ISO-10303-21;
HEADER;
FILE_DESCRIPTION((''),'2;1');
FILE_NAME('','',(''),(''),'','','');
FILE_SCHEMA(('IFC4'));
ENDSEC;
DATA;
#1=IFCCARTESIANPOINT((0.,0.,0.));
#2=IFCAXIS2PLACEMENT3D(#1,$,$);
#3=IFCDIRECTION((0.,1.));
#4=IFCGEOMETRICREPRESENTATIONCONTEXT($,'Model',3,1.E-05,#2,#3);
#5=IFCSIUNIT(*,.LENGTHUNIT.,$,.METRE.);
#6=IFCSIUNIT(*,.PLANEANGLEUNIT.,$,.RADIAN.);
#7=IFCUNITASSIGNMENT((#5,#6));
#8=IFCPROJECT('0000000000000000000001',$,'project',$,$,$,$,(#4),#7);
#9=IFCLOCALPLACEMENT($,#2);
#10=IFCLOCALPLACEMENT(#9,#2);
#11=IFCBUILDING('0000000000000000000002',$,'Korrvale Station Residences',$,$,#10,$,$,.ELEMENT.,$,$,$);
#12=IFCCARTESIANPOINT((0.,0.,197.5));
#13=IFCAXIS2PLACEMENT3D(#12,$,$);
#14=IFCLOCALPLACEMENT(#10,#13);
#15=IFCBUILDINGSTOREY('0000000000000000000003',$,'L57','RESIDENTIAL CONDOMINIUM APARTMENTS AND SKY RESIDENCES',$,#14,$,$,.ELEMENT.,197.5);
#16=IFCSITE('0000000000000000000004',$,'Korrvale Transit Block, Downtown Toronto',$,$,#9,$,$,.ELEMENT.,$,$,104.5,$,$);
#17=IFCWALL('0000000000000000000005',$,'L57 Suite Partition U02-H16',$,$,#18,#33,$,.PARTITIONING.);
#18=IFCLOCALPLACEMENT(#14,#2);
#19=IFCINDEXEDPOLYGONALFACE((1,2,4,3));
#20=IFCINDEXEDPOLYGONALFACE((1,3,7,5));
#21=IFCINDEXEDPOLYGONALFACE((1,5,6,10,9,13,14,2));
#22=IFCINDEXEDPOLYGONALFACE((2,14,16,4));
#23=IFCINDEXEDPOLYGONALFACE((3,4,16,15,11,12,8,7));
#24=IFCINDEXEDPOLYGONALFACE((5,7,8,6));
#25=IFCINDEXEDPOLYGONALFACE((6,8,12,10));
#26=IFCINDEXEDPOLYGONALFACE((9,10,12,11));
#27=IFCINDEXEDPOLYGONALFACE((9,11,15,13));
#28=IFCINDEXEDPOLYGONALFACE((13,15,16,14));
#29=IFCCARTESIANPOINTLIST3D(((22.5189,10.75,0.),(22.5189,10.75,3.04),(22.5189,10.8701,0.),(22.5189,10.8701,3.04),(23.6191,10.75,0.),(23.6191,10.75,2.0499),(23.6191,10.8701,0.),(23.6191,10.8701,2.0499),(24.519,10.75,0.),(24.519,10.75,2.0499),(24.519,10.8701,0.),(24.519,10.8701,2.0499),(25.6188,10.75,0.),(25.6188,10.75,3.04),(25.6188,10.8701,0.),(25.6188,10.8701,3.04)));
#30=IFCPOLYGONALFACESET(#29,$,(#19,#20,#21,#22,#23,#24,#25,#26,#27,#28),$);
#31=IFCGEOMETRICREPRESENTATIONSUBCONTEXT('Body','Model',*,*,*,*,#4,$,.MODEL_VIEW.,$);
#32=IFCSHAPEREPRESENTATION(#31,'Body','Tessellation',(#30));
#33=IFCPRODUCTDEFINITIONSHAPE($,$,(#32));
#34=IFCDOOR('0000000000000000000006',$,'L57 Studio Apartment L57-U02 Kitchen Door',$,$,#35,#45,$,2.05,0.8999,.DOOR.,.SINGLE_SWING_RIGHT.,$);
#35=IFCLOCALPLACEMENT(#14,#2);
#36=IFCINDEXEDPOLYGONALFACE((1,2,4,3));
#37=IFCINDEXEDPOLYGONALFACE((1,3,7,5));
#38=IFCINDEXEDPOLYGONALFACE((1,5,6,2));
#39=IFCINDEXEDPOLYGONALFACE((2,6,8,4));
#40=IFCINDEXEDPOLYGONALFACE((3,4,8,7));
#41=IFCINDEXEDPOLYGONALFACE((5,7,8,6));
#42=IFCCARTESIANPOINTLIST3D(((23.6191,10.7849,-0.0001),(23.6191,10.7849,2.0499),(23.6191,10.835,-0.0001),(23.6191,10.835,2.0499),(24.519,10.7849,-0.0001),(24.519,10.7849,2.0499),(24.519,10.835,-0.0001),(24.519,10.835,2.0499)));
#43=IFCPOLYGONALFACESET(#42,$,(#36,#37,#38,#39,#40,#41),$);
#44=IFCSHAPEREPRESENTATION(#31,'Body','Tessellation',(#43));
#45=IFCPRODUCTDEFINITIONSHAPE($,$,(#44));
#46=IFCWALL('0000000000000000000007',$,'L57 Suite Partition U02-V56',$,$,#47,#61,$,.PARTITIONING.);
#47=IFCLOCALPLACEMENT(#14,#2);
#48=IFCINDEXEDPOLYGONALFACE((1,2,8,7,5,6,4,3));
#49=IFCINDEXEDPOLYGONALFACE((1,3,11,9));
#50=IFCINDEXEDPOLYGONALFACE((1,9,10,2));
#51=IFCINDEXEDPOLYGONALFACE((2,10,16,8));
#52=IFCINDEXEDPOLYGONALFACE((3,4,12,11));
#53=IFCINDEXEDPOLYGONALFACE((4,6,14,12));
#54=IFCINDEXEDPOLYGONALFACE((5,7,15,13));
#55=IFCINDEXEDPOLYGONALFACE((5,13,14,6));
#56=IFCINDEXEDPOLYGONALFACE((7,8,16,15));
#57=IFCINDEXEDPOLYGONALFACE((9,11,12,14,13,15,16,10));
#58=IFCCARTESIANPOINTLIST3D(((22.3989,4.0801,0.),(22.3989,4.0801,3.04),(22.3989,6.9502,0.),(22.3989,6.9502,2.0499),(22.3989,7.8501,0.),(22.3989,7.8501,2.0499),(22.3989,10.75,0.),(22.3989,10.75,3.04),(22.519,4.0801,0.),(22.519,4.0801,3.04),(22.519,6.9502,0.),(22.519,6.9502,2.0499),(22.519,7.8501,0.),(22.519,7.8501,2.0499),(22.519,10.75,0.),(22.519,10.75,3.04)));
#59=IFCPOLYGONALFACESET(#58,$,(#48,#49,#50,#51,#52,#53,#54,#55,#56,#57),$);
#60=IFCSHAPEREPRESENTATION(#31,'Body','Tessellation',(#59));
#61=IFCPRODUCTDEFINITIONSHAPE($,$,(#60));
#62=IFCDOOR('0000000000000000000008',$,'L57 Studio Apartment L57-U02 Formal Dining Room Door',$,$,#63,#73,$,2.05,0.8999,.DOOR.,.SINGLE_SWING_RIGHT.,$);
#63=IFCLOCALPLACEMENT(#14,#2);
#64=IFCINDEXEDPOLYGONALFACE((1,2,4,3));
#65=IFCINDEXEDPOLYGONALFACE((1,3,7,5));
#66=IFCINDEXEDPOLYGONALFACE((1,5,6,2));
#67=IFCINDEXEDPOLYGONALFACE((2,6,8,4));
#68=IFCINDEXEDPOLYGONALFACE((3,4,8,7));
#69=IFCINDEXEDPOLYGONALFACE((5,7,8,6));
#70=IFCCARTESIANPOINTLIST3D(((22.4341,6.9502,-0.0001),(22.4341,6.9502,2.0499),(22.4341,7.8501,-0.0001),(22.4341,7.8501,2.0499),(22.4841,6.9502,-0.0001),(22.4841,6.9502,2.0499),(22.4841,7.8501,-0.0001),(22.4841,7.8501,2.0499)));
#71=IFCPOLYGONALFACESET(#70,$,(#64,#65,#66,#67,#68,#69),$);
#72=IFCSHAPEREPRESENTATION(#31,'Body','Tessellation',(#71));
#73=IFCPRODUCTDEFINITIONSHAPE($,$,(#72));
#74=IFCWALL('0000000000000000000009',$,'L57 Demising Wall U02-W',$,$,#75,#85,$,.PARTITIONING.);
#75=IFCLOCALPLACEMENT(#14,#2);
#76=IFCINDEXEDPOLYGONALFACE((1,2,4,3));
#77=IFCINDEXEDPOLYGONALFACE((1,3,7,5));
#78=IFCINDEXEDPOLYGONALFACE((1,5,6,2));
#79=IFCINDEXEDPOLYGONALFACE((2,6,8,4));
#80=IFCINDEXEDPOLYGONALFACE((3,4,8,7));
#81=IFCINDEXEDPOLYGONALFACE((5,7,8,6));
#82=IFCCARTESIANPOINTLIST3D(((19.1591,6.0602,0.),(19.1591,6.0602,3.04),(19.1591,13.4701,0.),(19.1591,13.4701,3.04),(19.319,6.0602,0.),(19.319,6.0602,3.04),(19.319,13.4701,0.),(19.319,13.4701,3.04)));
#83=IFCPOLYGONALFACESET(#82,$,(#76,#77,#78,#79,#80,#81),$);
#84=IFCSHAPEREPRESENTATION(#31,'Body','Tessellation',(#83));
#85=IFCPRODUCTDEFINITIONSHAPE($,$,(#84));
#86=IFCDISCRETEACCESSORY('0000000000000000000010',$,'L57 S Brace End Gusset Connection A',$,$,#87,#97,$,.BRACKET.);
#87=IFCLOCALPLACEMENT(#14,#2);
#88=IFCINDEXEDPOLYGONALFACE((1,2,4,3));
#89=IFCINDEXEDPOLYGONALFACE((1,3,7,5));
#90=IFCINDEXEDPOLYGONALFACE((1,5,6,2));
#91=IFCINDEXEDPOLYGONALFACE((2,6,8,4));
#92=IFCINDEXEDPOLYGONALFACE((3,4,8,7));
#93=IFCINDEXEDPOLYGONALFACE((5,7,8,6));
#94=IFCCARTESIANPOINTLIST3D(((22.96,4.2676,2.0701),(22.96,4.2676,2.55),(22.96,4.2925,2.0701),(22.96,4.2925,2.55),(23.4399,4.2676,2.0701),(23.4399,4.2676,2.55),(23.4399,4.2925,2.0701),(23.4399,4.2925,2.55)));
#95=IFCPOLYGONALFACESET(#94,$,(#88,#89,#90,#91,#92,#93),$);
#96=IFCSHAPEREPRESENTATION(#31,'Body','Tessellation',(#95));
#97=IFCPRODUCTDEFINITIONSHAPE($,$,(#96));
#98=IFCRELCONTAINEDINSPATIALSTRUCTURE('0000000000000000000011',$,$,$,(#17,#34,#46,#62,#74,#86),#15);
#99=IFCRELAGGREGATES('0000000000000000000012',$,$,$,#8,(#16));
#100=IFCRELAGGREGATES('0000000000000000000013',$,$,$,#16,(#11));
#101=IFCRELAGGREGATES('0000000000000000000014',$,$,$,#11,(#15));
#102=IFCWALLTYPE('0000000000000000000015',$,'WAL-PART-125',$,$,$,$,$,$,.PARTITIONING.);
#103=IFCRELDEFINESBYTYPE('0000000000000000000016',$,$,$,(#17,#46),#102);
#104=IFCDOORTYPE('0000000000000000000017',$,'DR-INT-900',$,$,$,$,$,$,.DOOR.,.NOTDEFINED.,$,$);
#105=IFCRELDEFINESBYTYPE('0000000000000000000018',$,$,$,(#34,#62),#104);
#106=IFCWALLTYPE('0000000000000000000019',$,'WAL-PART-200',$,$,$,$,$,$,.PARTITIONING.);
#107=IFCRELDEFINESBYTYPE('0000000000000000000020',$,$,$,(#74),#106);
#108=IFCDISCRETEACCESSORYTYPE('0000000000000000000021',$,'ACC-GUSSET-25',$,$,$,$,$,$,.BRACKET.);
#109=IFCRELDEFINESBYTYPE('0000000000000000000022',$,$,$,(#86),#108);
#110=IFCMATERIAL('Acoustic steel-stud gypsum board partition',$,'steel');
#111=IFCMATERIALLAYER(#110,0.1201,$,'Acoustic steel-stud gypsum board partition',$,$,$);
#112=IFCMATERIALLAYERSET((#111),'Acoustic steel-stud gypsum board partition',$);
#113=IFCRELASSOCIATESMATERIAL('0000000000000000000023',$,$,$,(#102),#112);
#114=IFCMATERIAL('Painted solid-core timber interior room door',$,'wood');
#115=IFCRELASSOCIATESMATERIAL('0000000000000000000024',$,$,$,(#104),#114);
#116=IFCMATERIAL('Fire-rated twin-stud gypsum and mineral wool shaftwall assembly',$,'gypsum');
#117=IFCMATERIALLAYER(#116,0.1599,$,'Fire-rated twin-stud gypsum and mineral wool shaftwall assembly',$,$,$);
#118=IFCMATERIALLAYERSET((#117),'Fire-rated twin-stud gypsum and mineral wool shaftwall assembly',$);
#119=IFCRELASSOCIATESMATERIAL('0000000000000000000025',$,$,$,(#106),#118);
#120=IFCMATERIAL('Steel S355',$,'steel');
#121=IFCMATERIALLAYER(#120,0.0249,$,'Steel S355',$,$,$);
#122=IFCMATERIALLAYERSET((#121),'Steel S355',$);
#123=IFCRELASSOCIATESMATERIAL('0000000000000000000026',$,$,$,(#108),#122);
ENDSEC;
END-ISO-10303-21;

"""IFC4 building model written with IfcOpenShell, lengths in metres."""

from ifc_helpers import new_model, si_unit, direction, frame, frame_2d, origin, origin_2d, place, context, subcontext, project, spatial, rectangle, extrude, material, layer, layer_set, type_object, element, fill, save


model = new_model("IFC4")

# Units and contexts
model_context = context("Model", 3, precision=1e-05, world=origin(), true_north=direction((0.0, 1.0)))
body_context = subcontext(model_context, "Body", "Model", "MODEL_VIEW")
ifc_project = project(units=[si_unit("LENGTHUNIT", "METRE"), si_unit("PLANEANGLEUNIT", "RADIAN")], contexts=[model_context])

# Site, building, storey
site_placement = place(None, origin())
site = spatial("IfcSite", under=ifc_project, at=site_placement, Name="Korrvale Transit Block, Downtown Toronto", CompositionType="ELEMENT", RefElevation=104.5)
building_placement = place(site_placement, origin())
building = spatial("IfcBuilding", under=site, at=building_placement, Name="Korrvale Station Residences", CompositionType="ELEMENT")
storey_placement = place(building_placement, frame((0.0, 0.0, 197.5)))
storey = spatial("IfcBuildingStorey", under=building, at=storey_placement, Name="L57", Description="RESIDENTIAL CONDOMINIUM APARTMENTS AND SKY RESIDENCES", CompositionType="ELEMENT", Elevation=197.5)

# Shared definitions
ifc_material_1 = material(Name="Steel S355", Category="steel")

# Shared definitions
ifc_material_2 = material(Name="Acoustic steel-stud gypsum board partition", Category="steel")
ifc_layer_1 = layer(ifc_material_2, 0.1201, Name="Acoustic steel-stud gypsum board partition")
ifc_layer_set_1 = layer_set([ifc_layer_1], Name="Acoustic steel-stud gypsum board partition")
wall_type_1 = type_object("IfcWallType", Name="WAL-PART-125", PredefinedType="PARTITIONING", material=ifc_layer_set_1)
ifc_material_3 = material(Name="Painted solid-core timber interior room door", Category="wood")
door_type_1 = type_object("IfcDoorType", Name="DR-INT-900", OperationType="NOTDEFINED", PredefinedType="DOOR", material=ifc_material_3)

# Walls, openings, doors
wall_1_placement = place(storey_placement, frame((22.519, 10.8101, 0.0), z_axis=(0.0, 0.0, 1.0), x_axis=(1.0, 0.0, 0.0)))
wall_1 = element("IfcWall", 1, at=wall_1_placement, inside=storey, type_object=wall_type_1, Name="L57 Suite Partition U02-H16", PredefinedType="PARTITIONING", context=body_context, shape_type="SweptSolid", body=[
    extrude(rectangle(XDim=3.0999, YDim=0.1201, at=frame_2d((1.5498, 0.0))), origin(), (0.0, 0.0, 1.0), 3.04),
])
opening_1_placement = place(wall_1_placement, frame((1.1001, 0.0, 0.0)))
opening_1 = element("IfcOpeningElement", 2, at=opening_1_placement, cuts=wall_1, PredefinedType="OPENING", context=body_context, shape_type="SweptSolid", body=[
    extrude(rectangle(XDim=0.8999, YDim=2.05, at=frame_2d((0.45, 1.0249))), frame((0.0, 0.0701, 0.0), z_axis=(0.0, -1.0, 0.0), x_axis=(1.0, 0.0, 0.0)), (0.0, 0.0, 1.0), 0.1401),
])
door_1_placement = place(opening_1_placement, origin())
door_1 = element("IfcDoor", 3, at=door_1_placement, inside=storey, type_object=door_type_1, Name="L57 Studio Apartment L57-U02 Kitchen Door", OperationType="SINGLE_SWING_RIGHT", OverallHeight=2.05, OverallWidth=0.8999, PredefinedType="DOOR", context=body_context, shape_type="SweptSolid", body=[
    extrude(rectangle(XDim=0.8999, YDim=2.05, at=frame_2d((0.45, 1.0249))), frame((0.0, 0.0249, 0.0), z_axis=(0.0, -1.0, 0.0), x_axis=(1.0, 0.0, 0.0)), (0.0, 0.0, 1.0), 0.05),
])
fill(opening_1, door_1)
wall_2_placement = place(storey_placement, frame((22.459, 4.0801, 0.0), z_axis=(0.0, 0.0, 1.0), x_axis=(0.0, 1.0, 0.0)))
wall_2 = element("IfcWall", 4, at=wall_2_placement, inside=storey, type_object=wall_type_1, Name="L57 Suite Partition U02-V56", PredefinedType="PARTITIONING", context=body_context, shape_type="SweptSolid", body=[
    extrude(rectangle(XDim=6.6699, YDim=0.1201, at=frame_2d((3.335, 0.0))), origin(), (0.0, 0.0, 1.0), 3.04),
])
opening_2_placement = place(wall_2_placement, frame((2.8701, 0.0, 0.0)))
opening_2 = element("IfcOpeningElement", 5, at=opening_2_placement, cuts=wall_2, PredefinedType="OPENING", context=body_context, shape_type="SweptSolid", body=[
    extrude(rectangle(XDim=0.8999, YDim=2.05, at=frame_2d((0.45, 1.0249))), frame((0.0, 0.0701, 0.0), z_axis=(0.0, -1.0, 0.0), x_axis=(1.0, 0.0, 0.0)), (0.0, 0.0, 1.0), 0.1401),
])
door_2_placement = place(opening_2_placement, origin())
door_2 = element("IfcDoor", 6, at=door_2_placement, inside=storey, type_object=door_type_1, Name="L57 Studio Apartment L57-U02 Formal Dining Room Door", OperationType="SINGLE_SWING_RIGHT", OverallHeight=2.05, OverallWidth=0.8999, PredefinedType="DOOR", context=body_context, shape_type="SweptSolid", body=[
    extrude(rectangle(XDim=0.8999, YDim=2.05, at=frame_2d((0.45, 1.0249))), frame((0.0, 0.0249, 0.0), z_axis=(0.0, -1.0, 0.0), x_axis=(1.0, 0.0, 0.0)), (0.0, 0.0, 1.0), 0.05),
])
fill(opening_2, door_2)

# Wall
ifc_material_4 = material(Name="Fire-rated twin-stud gypsum and mineral wool shaftwall assembly", Category="gypsum")
ifc_layer_2 = layer(ifc_material_4, 0.1599, Name="Fire-rated twin-stud gypsum and mineral wool shaftwall assembly")
ifc_layer_set_2 = layer_set([ifc_layer_2], Name="Fire-rated twin-stud gypsum and mineral wool shaftwall assembly")
wall_type_2 = type_object("IfcWallType", Name="WAL-PART-200", PredefinedType="PARTITIONING", material=ifc_layer_set_2)
wall_3_placement = place(storey_placement, frame((19.239, 6.0601, 0.0), z_axis=(0.0, 0.0, 1.0), x_axis=(0.0, 1.0, 0.0)))
element("IfcWall", 7, at=wall_3_placement, inside=storey, type_object=wall_type_2, Name="L57 Demising Wall U02-W", PredefinedType="PARTITIONING", context=body_context, shape_type="SweptSolid", body=[
    extrude(rectangle(XDim=7.4099, YDim=0.1599, at=frame_2d((3.7051, 0.0))), origin(), (0.0, 0.0, 1.0), 3.04),
])

# Discrete accessory
ifc_layer_3 = layer(ifc_material_1, 0.0249, Name="Steel S355")
ifc_layer_set_3 = layer_set([ifc_layer_3], Name="Steel S355")
discrete_accessory_type = type_object("IfcDiscreteAccessoryType", Name="ACC-GUSSET-25", PredefinedType="BRACKET", material=ifc_layer_set_3)
discrete_accessory_placement = place(storey_placement, frame((23.2, 4.28, 2.0701), z_axis=(0.0, 0.0, 1.0), x_axis=(1.0, 0.0, 0.0)))
element("IfcDiscreteAccessory", 8, at=discrete_accessory_placement, inside=storey, type_object=discrete_accessory_type, Name="L57 S Brace End Gusset Connection A", PredefinedType="BRACKET", context=body_context, shape_type="SweptSolid", body=[
    extrude(rectangle(XDim=0.48, YDim=0.0249, at=origin_2d()), origin(), (0.0, 0.0, 1.0), 0.48),
])

save(model, "model.ifc")
